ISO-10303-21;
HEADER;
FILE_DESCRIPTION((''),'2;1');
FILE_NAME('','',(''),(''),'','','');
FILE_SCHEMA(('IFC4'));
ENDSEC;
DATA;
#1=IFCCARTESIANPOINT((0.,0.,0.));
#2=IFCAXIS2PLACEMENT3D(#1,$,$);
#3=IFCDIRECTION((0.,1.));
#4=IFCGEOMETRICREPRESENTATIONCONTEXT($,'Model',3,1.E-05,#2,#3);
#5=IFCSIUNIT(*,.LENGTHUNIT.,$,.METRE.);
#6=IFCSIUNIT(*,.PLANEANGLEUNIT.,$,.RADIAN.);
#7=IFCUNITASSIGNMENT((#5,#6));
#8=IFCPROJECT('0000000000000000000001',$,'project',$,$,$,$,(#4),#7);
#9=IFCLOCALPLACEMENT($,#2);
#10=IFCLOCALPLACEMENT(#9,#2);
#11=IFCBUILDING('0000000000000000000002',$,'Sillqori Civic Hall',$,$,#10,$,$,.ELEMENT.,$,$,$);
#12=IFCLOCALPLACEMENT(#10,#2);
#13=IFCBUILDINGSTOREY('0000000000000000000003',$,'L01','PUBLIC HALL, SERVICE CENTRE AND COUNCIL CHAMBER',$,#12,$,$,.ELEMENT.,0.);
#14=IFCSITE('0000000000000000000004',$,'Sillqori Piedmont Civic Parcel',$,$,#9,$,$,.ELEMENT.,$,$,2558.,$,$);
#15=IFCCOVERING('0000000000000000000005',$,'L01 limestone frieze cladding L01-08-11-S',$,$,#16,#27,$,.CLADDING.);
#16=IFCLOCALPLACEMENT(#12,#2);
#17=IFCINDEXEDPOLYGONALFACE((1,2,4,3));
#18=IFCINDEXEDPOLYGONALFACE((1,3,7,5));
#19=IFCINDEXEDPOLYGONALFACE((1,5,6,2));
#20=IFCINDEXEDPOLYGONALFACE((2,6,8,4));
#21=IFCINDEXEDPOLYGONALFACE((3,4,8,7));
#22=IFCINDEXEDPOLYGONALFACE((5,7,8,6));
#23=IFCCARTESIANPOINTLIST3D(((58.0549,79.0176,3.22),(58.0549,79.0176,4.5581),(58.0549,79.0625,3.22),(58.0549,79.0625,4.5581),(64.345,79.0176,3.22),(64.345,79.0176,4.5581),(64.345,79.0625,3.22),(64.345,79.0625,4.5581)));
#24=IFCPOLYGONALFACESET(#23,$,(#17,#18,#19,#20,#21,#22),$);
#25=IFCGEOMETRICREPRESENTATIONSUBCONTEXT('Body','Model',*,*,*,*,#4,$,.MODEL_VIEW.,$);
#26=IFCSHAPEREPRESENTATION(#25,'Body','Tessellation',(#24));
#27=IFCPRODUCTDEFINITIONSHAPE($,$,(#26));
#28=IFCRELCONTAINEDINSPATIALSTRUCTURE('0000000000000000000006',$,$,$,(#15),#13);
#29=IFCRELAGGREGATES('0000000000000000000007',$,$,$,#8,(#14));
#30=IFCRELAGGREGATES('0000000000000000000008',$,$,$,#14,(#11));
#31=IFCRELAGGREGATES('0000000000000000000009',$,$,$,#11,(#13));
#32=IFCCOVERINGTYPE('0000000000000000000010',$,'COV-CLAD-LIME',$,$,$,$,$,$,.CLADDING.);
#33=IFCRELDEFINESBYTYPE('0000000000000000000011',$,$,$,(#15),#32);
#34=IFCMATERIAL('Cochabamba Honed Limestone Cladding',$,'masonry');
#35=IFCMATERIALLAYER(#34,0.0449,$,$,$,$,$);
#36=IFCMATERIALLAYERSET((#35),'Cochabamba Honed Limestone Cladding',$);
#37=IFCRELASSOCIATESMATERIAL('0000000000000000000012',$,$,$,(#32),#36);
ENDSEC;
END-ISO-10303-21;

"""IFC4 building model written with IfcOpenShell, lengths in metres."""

from ifc_helpers import new_model, si_unit, direction, frame, frame_2d, origin, place, context, subcontext, project, spatial, rectangle, extrude, material, layer, layer_set, type_object, element, save


model = new_model("IFC4")

# Units and contexts
model_context = context("Model", 3, precision=1e-05, world=origin(), true_north=direction((0.0, 1.0)))
body_context = subcontext(model_context, "Body", "Model", "MODEL_VIEW")
ifc_project = project(units=[si_unit("LENGTHUNIT", "METRE"), si_unit("PLANEANGLEUNIT", "RADIAN")], contexts=[model_context])

# Site, building, storey
site_placement = place(None, origin())
site = spatial("IfcSite", under=ifc_project, at=site_placement, Name="Sillqori Piedmont Civic Parcel", CompositionType="ELEMENT", RefElevation=2558.0)
building_placement = place(site_placement, origin())
building = spatial("IfcBuilding", under=site, at=building_placement, Name="Sillqori Civic Hall", CompositionType="ELEMENT")
storey_placement = place(building_placement, origin())
storey = spatial("IfcBuildingStorey", under=building, at=storey_placement, Name="L01", Description="PUBLIC HALL, SERVICE CENTRE AND COUNCIL CHAMBER", CompositionType="ELEMENT", Elevation=0.0)

# Covering
ifc_material_1 = material(Name="Cochabamba Honed Limestone Cladding", Category="masonry")
ifc_layer_1 = layer(ifc_material_1, 0.0449)
ifc_layer_set_1 = layer_set([ifc_layer_1], Name="Cochabamba Honed Limestone Cladding")
covering_type = type_object("IfcCoveringType", Name="COV-CLAD-LIME", PredefinedType="CLADDING", material=ifc_layer_set_1)
covering_1_placement = place(storey_placement, frame((64.345, 79.04, 3.22), z_axis=(0.0, 0.0, 1.0), x_axis=(-1.0, 0.0, 0.0)))
element("IfcCovering", 1, at=covering_1_placement, inside=storey, type_object=covering_type, Name="L01 limestone frieze cladding L01-08-11-S", PredefinedType="CLADDING", context=body_context, shape_type="SweptSolid", body=[
    extrude(rectangle(XDim=6.29, YDim=0.0449, at=frame_2d((3.145, 0.0))), origin(), (0.0, 0.0, 1.0), 1.3381),
])

save(model, "model.ifc")
